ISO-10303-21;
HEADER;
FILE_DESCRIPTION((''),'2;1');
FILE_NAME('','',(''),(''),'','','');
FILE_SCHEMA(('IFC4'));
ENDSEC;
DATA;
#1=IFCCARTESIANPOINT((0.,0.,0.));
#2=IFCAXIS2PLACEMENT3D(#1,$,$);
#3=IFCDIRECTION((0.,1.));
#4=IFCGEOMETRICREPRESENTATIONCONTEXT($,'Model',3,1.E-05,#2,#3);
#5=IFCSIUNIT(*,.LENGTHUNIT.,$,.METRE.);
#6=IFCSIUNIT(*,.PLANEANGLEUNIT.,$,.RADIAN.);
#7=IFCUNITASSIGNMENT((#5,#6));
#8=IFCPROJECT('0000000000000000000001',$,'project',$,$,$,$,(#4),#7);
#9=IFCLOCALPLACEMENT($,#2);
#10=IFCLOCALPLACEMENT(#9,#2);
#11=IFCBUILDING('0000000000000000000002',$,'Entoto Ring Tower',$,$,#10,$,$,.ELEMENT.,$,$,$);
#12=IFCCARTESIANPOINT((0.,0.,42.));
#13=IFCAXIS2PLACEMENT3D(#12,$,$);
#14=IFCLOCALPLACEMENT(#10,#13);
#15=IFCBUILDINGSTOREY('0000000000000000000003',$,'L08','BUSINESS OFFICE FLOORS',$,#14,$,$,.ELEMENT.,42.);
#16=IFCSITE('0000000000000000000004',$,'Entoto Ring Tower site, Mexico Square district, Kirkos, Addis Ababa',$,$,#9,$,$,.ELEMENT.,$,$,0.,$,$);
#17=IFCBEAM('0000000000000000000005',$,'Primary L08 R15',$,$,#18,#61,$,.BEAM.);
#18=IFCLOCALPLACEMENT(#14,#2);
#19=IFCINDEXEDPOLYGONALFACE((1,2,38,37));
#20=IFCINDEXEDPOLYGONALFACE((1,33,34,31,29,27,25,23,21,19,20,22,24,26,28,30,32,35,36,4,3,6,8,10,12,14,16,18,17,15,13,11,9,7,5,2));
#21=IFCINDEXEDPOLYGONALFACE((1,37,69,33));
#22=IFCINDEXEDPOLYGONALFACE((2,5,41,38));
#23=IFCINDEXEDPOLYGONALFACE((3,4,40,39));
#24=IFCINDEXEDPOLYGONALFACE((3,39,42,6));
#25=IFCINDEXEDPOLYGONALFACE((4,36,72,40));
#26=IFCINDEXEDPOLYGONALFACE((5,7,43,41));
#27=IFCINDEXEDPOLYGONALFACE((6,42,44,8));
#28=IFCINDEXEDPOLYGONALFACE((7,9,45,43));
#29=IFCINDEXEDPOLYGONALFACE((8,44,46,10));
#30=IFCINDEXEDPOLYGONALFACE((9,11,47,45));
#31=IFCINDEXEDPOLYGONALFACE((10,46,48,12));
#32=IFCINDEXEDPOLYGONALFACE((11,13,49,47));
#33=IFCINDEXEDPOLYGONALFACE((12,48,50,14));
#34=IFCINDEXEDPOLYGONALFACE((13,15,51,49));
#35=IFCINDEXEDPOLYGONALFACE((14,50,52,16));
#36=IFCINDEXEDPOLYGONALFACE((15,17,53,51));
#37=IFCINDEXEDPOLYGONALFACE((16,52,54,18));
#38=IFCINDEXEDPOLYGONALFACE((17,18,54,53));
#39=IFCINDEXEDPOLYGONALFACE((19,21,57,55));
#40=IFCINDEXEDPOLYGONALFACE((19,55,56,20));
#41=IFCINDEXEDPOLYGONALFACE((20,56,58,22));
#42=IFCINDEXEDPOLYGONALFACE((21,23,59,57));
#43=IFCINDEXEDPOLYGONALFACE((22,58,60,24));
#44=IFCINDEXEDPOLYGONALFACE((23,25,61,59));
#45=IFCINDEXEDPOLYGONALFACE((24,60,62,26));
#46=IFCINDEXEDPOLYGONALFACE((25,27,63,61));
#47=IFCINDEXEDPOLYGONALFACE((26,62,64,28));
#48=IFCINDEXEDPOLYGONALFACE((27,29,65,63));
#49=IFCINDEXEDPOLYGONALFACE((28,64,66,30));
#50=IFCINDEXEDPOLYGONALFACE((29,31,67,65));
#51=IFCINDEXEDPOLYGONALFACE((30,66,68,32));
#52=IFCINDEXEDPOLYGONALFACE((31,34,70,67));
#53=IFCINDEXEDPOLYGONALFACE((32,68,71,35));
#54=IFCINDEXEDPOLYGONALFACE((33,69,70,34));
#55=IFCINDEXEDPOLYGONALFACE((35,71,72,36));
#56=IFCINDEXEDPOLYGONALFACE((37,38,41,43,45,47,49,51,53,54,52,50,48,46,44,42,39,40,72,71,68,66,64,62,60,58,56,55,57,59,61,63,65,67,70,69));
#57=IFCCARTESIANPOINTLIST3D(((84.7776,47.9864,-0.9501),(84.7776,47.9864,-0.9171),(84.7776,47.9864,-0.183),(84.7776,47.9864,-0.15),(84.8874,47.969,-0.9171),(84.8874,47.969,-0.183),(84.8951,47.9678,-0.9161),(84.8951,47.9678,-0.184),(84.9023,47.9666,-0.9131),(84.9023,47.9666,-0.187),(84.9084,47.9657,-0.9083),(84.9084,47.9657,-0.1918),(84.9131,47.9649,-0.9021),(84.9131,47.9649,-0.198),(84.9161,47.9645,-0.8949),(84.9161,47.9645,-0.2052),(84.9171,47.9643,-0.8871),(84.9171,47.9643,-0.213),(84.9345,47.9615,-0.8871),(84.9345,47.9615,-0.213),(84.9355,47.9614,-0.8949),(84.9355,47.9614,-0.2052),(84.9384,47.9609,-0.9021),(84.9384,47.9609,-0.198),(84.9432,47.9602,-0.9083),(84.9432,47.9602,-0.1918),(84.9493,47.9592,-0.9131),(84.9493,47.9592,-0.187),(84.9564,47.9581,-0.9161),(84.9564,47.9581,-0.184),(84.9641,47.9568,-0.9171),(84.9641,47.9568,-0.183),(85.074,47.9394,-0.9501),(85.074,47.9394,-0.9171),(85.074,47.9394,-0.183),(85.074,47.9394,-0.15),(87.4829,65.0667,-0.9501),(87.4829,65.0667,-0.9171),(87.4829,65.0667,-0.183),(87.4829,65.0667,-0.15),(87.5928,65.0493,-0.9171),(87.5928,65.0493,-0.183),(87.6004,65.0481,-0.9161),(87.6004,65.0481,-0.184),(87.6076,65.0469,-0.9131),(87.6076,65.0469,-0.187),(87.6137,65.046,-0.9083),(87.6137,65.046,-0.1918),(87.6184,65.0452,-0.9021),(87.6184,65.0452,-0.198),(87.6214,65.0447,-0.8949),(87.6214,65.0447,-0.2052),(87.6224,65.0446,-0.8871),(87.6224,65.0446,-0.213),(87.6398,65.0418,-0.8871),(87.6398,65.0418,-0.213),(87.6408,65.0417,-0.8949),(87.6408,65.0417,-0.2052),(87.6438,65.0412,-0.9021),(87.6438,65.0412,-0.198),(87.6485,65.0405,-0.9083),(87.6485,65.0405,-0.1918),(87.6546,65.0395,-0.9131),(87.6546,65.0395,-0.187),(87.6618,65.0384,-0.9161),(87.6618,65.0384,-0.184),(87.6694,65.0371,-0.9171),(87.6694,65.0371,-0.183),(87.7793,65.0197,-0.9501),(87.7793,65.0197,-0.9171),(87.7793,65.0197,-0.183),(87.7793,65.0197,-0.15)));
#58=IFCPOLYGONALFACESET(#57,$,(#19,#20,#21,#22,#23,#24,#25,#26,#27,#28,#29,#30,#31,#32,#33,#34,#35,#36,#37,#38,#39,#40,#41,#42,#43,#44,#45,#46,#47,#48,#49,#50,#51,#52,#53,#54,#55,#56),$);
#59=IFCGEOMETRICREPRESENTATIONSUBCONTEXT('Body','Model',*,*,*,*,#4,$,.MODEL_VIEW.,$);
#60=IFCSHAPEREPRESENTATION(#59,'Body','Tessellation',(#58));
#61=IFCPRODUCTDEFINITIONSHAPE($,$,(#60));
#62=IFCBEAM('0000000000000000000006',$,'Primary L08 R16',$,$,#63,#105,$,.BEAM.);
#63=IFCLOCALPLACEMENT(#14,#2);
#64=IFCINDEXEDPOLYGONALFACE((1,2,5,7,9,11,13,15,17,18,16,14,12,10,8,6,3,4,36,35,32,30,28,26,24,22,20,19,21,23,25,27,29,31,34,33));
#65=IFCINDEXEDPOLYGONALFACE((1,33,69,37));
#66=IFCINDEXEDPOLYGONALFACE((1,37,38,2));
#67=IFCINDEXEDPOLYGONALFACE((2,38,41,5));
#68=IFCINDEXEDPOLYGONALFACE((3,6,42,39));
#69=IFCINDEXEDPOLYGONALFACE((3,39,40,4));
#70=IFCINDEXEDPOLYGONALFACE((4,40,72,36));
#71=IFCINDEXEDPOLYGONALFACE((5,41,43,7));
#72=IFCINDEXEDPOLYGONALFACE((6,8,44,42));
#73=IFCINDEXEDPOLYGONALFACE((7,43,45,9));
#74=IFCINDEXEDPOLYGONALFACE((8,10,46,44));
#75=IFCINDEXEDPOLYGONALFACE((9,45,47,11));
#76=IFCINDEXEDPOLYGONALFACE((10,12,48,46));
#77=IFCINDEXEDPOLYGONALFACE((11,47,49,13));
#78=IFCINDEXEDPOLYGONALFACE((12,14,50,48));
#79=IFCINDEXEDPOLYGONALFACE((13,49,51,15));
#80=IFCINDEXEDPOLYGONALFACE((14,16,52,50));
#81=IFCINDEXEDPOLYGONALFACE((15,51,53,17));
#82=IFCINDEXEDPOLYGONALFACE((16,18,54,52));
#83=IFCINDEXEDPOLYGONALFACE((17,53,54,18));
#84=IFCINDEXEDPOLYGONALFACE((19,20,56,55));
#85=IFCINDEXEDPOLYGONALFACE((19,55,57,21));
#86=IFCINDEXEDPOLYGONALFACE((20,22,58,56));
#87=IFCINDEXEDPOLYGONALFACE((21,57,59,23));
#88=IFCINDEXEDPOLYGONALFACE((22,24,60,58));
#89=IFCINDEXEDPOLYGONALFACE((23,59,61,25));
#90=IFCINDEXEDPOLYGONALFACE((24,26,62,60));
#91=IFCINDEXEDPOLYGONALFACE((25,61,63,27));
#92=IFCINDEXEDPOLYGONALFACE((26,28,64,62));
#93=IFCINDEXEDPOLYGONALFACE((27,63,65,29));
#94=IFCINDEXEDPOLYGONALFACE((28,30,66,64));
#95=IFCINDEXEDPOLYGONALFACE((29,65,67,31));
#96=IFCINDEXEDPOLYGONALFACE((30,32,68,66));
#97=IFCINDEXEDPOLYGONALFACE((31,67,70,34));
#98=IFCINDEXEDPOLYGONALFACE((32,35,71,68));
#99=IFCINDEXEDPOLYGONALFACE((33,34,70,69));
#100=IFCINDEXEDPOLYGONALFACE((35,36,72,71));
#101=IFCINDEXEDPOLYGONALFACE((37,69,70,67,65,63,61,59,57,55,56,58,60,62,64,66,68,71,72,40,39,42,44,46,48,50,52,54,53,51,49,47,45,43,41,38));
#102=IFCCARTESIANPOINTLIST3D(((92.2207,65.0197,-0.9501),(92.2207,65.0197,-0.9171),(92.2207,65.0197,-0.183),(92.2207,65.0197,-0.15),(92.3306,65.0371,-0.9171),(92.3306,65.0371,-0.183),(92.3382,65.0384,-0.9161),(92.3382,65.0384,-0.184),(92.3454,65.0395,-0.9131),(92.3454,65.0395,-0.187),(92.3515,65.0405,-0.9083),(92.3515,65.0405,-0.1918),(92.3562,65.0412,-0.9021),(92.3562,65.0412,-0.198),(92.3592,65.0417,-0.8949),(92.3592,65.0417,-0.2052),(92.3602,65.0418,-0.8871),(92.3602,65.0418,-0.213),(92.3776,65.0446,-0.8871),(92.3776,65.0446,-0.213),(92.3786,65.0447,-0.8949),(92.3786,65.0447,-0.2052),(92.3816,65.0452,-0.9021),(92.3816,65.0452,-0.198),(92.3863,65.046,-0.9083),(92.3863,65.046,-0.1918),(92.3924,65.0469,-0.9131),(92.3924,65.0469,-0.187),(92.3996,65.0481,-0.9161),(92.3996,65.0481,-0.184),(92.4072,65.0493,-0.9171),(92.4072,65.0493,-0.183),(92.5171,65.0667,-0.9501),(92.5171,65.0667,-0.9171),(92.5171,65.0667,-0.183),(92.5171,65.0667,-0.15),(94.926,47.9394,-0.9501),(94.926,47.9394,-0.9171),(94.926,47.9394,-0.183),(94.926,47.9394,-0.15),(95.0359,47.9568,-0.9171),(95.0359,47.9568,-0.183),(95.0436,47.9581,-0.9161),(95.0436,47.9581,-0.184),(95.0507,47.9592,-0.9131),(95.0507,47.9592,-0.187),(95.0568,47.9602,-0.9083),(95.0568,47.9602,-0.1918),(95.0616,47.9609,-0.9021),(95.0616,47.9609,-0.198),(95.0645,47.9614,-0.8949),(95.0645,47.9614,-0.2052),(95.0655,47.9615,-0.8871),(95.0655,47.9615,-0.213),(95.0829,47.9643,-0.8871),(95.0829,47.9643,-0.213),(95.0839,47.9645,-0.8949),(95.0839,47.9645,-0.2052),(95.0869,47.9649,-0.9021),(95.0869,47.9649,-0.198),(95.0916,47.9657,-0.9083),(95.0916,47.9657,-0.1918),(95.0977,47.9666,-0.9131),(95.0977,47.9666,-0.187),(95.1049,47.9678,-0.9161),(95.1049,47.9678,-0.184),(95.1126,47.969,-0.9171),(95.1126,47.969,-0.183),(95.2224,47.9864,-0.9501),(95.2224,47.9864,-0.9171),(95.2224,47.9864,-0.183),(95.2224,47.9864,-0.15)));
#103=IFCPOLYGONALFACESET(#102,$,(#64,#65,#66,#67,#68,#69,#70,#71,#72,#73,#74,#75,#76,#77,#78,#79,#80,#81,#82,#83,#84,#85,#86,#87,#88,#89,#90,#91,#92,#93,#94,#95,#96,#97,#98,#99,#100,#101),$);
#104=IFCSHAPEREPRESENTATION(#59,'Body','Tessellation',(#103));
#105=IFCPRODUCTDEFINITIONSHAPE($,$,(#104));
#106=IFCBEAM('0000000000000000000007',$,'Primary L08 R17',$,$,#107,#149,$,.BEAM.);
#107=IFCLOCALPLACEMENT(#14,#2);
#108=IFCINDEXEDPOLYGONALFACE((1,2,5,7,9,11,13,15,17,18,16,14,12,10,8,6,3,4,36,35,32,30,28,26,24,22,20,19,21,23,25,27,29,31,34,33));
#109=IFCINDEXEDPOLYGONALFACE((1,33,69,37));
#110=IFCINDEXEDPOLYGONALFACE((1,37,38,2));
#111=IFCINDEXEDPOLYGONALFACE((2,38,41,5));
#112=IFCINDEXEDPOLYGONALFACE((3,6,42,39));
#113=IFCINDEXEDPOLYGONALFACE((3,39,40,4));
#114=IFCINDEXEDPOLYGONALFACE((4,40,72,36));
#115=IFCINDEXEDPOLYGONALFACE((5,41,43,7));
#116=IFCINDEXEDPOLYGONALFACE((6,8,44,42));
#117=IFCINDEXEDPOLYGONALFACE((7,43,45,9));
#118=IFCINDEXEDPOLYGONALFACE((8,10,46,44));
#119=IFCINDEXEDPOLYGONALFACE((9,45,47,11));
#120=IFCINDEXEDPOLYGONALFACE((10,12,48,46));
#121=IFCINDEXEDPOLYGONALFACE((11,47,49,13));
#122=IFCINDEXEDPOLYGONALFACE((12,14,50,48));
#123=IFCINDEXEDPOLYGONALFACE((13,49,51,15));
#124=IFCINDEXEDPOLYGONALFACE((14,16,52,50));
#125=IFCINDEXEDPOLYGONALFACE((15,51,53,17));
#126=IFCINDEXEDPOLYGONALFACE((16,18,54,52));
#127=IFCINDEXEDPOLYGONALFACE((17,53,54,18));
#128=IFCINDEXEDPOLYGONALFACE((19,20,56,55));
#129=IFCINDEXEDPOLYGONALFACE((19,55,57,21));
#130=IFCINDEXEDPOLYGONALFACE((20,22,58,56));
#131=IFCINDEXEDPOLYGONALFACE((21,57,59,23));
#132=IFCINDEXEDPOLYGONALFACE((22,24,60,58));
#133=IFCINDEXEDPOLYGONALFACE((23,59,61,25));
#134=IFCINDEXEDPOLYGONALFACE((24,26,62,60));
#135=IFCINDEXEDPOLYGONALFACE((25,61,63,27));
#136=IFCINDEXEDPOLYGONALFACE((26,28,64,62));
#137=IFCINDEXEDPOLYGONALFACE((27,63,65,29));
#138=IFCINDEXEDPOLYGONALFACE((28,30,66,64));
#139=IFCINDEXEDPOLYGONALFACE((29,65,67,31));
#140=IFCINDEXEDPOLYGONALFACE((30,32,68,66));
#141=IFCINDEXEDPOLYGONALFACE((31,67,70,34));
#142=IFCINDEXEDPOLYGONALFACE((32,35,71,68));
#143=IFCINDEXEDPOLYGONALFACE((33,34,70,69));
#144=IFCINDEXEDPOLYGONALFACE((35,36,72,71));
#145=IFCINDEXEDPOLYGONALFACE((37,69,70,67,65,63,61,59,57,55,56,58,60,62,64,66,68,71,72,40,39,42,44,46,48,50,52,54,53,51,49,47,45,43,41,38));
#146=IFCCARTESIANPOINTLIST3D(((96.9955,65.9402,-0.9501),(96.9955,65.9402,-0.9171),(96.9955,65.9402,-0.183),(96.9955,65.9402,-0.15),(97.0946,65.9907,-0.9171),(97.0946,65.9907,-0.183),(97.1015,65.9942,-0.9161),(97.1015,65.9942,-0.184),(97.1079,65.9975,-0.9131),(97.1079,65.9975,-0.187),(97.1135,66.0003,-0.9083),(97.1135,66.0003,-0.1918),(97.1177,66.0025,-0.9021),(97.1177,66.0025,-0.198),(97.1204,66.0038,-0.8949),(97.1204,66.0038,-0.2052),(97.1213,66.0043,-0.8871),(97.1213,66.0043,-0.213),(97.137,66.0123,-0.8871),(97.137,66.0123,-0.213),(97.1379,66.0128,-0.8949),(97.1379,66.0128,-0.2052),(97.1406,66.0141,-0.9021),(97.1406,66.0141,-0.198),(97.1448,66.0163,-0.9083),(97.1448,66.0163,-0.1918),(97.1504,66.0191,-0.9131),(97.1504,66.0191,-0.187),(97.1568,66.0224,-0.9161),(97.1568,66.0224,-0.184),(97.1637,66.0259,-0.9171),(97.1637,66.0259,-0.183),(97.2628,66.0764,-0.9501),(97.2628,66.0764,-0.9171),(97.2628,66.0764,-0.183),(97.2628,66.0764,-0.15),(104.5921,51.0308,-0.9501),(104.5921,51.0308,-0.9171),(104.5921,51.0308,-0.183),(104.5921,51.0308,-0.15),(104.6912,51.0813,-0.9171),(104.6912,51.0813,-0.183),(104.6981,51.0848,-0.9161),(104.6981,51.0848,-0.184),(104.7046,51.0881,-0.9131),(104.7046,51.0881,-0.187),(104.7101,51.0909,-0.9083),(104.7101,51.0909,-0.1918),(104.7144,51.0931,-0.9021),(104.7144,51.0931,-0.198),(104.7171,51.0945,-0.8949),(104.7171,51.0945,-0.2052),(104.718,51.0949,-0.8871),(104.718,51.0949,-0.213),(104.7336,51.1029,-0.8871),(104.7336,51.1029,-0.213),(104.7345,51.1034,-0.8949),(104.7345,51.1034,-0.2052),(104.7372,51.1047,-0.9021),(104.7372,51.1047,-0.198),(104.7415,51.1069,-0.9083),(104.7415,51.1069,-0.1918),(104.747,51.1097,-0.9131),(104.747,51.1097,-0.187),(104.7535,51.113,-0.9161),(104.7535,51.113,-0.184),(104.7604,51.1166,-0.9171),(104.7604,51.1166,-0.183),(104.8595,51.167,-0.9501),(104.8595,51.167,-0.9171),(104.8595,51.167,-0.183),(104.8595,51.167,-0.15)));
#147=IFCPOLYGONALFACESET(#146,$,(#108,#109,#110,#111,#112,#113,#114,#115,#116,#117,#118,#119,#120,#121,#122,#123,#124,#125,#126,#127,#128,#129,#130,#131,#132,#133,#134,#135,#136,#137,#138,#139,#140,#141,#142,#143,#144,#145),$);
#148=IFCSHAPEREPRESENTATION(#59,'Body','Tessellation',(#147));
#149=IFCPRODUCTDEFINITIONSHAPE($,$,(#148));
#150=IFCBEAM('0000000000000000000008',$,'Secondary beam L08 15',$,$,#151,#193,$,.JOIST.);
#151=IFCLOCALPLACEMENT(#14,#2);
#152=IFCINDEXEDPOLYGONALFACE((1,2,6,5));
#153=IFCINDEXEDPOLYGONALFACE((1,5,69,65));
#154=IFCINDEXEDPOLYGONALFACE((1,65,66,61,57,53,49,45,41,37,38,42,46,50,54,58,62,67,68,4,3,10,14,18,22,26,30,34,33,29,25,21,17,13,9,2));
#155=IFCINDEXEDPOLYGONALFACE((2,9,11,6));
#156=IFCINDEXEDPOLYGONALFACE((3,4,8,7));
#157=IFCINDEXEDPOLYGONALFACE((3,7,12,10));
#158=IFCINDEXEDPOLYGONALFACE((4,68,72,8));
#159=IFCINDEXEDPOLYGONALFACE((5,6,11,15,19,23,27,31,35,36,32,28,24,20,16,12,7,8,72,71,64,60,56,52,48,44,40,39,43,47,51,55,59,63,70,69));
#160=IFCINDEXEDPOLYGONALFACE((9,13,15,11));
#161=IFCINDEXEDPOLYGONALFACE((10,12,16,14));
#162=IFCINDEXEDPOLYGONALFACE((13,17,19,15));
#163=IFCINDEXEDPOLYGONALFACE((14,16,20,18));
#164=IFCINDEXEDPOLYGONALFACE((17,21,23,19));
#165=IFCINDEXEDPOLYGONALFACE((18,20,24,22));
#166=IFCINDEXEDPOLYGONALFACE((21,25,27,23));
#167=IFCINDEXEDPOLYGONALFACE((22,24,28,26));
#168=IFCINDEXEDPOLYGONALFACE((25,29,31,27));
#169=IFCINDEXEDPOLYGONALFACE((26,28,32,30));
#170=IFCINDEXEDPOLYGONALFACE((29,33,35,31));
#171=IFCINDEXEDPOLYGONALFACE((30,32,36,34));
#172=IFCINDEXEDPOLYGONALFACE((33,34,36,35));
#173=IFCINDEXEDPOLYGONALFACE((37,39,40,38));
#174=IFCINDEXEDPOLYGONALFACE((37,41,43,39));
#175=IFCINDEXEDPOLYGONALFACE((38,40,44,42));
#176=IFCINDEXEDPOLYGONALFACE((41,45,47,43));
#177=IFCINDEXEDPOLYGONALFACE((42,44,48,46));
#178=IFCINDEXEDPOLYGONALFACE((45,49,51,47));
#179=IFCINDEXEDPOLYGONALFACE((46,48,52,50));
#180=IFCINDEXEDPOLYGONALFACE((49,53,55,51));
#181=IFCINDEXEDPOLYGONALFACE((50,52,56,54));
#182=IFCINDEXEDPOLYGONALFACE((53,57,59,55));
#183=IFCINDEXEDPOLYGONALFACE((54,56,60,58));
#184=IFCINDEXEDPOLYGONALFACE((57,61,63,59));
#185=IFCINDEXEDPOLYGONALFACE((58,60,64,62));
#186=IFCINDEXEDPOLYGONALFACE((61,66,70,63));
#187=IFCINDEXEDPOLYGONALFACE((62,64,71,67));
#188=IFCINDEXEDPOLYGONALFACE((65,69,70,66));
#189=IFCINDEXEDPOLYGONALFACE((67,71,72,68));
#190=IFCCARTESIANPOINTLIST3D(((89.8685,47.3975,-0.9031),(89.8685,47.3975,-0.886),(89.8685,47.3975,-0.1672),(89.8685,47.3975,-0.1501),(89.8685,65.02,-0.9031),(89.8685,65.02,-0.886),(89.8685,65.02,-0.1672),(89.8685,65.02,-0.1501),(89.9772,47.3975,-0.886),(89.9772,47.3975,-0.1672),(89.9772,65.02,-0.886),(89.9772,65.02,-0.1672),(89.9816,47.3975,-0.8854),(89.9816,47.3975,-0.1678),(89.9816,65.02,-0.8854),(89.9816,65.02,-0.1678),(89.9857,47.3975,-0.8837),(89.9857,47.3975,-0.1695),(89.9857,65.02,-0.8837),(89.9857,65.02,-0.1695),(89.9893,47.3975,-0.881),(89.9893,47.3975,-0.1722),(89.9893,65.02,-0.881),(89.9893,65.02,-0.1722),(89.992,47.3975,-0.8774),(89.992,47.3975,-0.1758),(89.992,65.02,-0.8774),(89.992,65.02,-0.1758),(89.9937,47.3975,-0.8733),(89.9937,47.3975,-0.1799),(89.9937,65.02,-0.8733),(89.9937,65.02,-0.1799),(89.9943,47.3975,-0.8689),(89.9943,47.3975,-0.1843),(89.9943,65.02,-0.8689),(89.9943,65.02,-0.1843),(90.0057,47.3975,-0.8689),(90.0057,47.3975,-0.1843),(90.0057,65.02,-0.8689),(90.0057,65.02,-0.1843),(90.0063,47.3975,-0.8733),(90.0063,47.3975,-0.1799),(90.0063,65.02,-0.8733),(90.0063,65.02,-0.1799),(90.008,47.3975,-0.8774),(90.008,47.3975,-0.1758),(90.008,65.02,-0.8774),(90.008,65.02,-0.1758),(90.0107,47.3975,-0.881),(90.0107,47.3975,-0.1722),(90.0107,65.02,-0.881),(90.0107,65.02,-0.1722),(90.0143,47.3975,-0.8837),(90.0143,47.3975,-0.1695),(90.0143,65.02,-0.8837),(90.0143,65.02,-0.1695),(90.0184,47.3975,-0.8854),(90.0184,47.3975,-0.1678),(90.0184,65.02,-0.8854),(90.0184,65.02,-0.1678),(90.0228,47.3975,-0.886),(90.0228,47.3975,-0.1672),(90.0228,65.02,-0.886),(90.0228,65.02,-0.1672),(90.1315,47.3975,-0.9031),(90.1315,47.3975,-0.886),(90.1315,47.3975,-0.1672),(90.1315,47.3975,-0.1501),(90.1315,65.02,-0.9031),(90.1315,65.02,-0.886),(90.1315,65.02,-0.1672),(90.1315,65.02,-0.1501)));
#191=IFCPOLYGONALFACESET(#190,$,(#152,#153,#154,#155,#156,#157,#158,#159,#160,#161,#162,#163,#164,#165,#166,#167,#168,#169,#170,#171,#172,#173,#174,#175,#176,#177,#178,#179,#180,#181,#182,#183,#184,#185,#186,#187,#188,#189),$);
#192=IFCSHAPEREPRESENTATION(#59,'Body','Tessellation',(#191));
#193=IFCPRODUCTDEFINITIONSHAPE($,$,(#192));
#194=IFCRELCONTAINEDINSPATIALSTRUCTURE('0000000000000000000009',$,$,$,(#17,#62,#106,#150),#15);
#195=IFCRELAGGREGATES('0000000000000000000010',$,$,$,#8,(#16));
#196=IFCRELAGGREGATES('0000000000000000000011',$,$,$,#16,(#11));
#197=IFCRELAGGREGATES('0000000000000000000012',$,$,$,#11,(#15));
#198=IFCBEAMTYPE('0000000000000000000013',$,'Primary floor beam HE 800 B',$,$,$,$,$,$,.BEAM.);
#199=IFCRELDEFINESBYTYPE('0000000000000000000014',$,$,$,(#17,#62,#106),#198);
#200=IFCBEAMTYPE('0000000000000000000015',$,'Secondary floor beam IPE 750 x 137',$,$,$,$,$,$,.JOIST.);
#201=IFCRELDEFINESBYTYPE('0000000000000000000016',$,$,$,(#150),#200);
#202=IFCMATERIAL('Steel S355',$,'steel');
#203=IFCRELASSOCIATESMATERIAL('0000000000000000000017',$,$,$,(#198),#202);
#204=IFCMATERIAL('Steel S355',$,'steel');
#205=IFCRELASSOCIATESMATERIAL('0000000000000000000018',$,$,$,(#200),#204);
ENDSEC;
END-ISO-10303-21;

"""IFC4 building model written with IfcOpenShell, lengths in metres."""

from ifc_helpers import new_model, si_unit, direction, frame, origin, origin_2d, place, context, subcontext, project, spatial, i_section, extrude, material, material_profile, profile_set, type_object, element, save


model = new_model("IFC4")

# Units and contexts
model_context = context("Model", 3, precision=1e-05, world=origin(), true_north=direction((0.0, 1.0)))
body_context = subcontext(model_context, "Body", "Model", "MODEL_VIEW")
ifc_project = project(units=[si_unit("LENGTHUNIT", "METRE"), si_unit("PLANEANGLEUNIT", "RADIAN")], contexts=[model_context])

# Site, building, storey
site_placement = place(None, origin())
site = spatial("IfcSite", under=ifc_project, at=site_placement, Name="Entoto Ring Tower site, Mexico Square district, Kirkos, Addis Ababa", CompositionType="ELEMENT", RefElevation=0.0)
building_placement = place(site_placement, origin())
building = spatial("IfcBuilding", under=site, at=building_placement, Name="Entoto Ring Tower", CompositionType="ELEMENT")
storey_placement = place(building_placement, frame((0.0, 0.0, 42.0)))
storey = spatial("IfcBuildingStorey", under=building, at=storey_placement, Name="L08", Description="BUSINESS OFFICE FLOORS", CompositionType="ELEMENT", Elevation=42.0)

# Beams
ifc_material_1 = material(Name="Steel S355", Category="steel")
ifc_material_profile_1 = material_profile(ifc_material_1, i_section(OverallWidth=0.3, OverallDepth=0.8, WebThickness=0.0176, FlangeThickness=0.033, FilletRadius=0.03, at=origin_2d()), Name="HE 800 B")
ifc_profile_set_1 = profile_set([ifc_material_profile_1], Name="Steel S355")
beam_type_1 = type_object("IfcBeamType", Name="Primary floor beam HE 800 B", PredefinedType="BEAM", material=ifc_profile_set_1)
for number, where, z_axis, x_axis, name in (
    (1, (87.6311, 65.0432, -0.55), (-0.156438, -0.987688, 0.0), (0.987688, -0.156438, 0.0), "Primary L08 R15"),
    (2, (92.3689, 65.0432, -0.55), (0.156438, -0.987688, 0.0), (0.987688, 0.156438, 0.0), "Primary L08 R16"),
):
    element("IfcBeam", number, at=place(storey_placement, frame(where, z_axis=z_axis, x_axis=x_axis)), inside=storey, type_object=beam_type_1, Name=name, PredefinedType="BEAM", context=body_context, shape_type="SweptSolid", body=[
        extrude(i_section(OverallWidth=0.3, OverallDepth=0.8, WebThickness=0.0176, FlangeThickness=0.033, FilletRadius=0.03, at=origin_2d()), origin(), (0.0, 0.0, 1.0), 17.2932),
    ])
beam_1_placement = place(storey_placement, frame((97.1292, 66.0083, -0.55), z_axis=(0.453988, -0.891008, 0.0), x_axis=(0.891008, 0.453988, 0.0)))
element("IfcBeam", 3, at=beam_1_placement, inside=storey, type_object=beam_type_1, Name="Primary L08 R17", PredefinedType="BEAM", context=body_context, shape_type="SweptSolid", body=[
    extrude(i_section(OverallWidth=0.3, OverallDepth=0.8, WebThickness=0.0176, FlangeThickness=0.033, FilletRadius=0.03, at=origin_2d()), origin(), (0.0, 0.0, 1.0), 16.7332),
])
ifc_material_2 = material(Name="Steel S355", Category="steel")
ifc_material_profile_2 = material_profile(ifc_material_2, i_section(OverallWidth=0.2629, OverallDepth=0.7529, WebThickness=0.0115, FlangeThickness=0.0171, FilletRadius=0.0171, at=origin_2d()), Name="IPE 750 x 137")
ifc_profile_set_2 = profile_set([ifc_material_profile_2], Name="Steel S355")
beam_type_2 = type_object("IfcBeamType", Name="Secondary floor beam IPE 750 x 137", PredefinedType="JOIST", material=ifc_profile_set_2)
beam_2_placement = place(storey_placement, frame((90.0, 65.02, -0.5266), z_axis=(0.0, -1.0, 0.0), x_axis=(1.0, 0.0, 0.0)))
element("IfcBeam", 4, at=beam_2_placement, inside=storey, type_object=beam_type_2, Name="Secondary beam L08 15", PredefinedType="JOIST", context=body_context, shape_type="SweptSolid", body=[
    extrude(i_section(OverallWidth=0.2629, OverallDepth=0.7529, WebThickness=0.0115, FlangeThickness=0.0171, FilletRadius=0.0171, at=origin_2d()), origin(), (0.0, 0.0, 1.0), 17.6226),
])

save(model, "model.ifc")
